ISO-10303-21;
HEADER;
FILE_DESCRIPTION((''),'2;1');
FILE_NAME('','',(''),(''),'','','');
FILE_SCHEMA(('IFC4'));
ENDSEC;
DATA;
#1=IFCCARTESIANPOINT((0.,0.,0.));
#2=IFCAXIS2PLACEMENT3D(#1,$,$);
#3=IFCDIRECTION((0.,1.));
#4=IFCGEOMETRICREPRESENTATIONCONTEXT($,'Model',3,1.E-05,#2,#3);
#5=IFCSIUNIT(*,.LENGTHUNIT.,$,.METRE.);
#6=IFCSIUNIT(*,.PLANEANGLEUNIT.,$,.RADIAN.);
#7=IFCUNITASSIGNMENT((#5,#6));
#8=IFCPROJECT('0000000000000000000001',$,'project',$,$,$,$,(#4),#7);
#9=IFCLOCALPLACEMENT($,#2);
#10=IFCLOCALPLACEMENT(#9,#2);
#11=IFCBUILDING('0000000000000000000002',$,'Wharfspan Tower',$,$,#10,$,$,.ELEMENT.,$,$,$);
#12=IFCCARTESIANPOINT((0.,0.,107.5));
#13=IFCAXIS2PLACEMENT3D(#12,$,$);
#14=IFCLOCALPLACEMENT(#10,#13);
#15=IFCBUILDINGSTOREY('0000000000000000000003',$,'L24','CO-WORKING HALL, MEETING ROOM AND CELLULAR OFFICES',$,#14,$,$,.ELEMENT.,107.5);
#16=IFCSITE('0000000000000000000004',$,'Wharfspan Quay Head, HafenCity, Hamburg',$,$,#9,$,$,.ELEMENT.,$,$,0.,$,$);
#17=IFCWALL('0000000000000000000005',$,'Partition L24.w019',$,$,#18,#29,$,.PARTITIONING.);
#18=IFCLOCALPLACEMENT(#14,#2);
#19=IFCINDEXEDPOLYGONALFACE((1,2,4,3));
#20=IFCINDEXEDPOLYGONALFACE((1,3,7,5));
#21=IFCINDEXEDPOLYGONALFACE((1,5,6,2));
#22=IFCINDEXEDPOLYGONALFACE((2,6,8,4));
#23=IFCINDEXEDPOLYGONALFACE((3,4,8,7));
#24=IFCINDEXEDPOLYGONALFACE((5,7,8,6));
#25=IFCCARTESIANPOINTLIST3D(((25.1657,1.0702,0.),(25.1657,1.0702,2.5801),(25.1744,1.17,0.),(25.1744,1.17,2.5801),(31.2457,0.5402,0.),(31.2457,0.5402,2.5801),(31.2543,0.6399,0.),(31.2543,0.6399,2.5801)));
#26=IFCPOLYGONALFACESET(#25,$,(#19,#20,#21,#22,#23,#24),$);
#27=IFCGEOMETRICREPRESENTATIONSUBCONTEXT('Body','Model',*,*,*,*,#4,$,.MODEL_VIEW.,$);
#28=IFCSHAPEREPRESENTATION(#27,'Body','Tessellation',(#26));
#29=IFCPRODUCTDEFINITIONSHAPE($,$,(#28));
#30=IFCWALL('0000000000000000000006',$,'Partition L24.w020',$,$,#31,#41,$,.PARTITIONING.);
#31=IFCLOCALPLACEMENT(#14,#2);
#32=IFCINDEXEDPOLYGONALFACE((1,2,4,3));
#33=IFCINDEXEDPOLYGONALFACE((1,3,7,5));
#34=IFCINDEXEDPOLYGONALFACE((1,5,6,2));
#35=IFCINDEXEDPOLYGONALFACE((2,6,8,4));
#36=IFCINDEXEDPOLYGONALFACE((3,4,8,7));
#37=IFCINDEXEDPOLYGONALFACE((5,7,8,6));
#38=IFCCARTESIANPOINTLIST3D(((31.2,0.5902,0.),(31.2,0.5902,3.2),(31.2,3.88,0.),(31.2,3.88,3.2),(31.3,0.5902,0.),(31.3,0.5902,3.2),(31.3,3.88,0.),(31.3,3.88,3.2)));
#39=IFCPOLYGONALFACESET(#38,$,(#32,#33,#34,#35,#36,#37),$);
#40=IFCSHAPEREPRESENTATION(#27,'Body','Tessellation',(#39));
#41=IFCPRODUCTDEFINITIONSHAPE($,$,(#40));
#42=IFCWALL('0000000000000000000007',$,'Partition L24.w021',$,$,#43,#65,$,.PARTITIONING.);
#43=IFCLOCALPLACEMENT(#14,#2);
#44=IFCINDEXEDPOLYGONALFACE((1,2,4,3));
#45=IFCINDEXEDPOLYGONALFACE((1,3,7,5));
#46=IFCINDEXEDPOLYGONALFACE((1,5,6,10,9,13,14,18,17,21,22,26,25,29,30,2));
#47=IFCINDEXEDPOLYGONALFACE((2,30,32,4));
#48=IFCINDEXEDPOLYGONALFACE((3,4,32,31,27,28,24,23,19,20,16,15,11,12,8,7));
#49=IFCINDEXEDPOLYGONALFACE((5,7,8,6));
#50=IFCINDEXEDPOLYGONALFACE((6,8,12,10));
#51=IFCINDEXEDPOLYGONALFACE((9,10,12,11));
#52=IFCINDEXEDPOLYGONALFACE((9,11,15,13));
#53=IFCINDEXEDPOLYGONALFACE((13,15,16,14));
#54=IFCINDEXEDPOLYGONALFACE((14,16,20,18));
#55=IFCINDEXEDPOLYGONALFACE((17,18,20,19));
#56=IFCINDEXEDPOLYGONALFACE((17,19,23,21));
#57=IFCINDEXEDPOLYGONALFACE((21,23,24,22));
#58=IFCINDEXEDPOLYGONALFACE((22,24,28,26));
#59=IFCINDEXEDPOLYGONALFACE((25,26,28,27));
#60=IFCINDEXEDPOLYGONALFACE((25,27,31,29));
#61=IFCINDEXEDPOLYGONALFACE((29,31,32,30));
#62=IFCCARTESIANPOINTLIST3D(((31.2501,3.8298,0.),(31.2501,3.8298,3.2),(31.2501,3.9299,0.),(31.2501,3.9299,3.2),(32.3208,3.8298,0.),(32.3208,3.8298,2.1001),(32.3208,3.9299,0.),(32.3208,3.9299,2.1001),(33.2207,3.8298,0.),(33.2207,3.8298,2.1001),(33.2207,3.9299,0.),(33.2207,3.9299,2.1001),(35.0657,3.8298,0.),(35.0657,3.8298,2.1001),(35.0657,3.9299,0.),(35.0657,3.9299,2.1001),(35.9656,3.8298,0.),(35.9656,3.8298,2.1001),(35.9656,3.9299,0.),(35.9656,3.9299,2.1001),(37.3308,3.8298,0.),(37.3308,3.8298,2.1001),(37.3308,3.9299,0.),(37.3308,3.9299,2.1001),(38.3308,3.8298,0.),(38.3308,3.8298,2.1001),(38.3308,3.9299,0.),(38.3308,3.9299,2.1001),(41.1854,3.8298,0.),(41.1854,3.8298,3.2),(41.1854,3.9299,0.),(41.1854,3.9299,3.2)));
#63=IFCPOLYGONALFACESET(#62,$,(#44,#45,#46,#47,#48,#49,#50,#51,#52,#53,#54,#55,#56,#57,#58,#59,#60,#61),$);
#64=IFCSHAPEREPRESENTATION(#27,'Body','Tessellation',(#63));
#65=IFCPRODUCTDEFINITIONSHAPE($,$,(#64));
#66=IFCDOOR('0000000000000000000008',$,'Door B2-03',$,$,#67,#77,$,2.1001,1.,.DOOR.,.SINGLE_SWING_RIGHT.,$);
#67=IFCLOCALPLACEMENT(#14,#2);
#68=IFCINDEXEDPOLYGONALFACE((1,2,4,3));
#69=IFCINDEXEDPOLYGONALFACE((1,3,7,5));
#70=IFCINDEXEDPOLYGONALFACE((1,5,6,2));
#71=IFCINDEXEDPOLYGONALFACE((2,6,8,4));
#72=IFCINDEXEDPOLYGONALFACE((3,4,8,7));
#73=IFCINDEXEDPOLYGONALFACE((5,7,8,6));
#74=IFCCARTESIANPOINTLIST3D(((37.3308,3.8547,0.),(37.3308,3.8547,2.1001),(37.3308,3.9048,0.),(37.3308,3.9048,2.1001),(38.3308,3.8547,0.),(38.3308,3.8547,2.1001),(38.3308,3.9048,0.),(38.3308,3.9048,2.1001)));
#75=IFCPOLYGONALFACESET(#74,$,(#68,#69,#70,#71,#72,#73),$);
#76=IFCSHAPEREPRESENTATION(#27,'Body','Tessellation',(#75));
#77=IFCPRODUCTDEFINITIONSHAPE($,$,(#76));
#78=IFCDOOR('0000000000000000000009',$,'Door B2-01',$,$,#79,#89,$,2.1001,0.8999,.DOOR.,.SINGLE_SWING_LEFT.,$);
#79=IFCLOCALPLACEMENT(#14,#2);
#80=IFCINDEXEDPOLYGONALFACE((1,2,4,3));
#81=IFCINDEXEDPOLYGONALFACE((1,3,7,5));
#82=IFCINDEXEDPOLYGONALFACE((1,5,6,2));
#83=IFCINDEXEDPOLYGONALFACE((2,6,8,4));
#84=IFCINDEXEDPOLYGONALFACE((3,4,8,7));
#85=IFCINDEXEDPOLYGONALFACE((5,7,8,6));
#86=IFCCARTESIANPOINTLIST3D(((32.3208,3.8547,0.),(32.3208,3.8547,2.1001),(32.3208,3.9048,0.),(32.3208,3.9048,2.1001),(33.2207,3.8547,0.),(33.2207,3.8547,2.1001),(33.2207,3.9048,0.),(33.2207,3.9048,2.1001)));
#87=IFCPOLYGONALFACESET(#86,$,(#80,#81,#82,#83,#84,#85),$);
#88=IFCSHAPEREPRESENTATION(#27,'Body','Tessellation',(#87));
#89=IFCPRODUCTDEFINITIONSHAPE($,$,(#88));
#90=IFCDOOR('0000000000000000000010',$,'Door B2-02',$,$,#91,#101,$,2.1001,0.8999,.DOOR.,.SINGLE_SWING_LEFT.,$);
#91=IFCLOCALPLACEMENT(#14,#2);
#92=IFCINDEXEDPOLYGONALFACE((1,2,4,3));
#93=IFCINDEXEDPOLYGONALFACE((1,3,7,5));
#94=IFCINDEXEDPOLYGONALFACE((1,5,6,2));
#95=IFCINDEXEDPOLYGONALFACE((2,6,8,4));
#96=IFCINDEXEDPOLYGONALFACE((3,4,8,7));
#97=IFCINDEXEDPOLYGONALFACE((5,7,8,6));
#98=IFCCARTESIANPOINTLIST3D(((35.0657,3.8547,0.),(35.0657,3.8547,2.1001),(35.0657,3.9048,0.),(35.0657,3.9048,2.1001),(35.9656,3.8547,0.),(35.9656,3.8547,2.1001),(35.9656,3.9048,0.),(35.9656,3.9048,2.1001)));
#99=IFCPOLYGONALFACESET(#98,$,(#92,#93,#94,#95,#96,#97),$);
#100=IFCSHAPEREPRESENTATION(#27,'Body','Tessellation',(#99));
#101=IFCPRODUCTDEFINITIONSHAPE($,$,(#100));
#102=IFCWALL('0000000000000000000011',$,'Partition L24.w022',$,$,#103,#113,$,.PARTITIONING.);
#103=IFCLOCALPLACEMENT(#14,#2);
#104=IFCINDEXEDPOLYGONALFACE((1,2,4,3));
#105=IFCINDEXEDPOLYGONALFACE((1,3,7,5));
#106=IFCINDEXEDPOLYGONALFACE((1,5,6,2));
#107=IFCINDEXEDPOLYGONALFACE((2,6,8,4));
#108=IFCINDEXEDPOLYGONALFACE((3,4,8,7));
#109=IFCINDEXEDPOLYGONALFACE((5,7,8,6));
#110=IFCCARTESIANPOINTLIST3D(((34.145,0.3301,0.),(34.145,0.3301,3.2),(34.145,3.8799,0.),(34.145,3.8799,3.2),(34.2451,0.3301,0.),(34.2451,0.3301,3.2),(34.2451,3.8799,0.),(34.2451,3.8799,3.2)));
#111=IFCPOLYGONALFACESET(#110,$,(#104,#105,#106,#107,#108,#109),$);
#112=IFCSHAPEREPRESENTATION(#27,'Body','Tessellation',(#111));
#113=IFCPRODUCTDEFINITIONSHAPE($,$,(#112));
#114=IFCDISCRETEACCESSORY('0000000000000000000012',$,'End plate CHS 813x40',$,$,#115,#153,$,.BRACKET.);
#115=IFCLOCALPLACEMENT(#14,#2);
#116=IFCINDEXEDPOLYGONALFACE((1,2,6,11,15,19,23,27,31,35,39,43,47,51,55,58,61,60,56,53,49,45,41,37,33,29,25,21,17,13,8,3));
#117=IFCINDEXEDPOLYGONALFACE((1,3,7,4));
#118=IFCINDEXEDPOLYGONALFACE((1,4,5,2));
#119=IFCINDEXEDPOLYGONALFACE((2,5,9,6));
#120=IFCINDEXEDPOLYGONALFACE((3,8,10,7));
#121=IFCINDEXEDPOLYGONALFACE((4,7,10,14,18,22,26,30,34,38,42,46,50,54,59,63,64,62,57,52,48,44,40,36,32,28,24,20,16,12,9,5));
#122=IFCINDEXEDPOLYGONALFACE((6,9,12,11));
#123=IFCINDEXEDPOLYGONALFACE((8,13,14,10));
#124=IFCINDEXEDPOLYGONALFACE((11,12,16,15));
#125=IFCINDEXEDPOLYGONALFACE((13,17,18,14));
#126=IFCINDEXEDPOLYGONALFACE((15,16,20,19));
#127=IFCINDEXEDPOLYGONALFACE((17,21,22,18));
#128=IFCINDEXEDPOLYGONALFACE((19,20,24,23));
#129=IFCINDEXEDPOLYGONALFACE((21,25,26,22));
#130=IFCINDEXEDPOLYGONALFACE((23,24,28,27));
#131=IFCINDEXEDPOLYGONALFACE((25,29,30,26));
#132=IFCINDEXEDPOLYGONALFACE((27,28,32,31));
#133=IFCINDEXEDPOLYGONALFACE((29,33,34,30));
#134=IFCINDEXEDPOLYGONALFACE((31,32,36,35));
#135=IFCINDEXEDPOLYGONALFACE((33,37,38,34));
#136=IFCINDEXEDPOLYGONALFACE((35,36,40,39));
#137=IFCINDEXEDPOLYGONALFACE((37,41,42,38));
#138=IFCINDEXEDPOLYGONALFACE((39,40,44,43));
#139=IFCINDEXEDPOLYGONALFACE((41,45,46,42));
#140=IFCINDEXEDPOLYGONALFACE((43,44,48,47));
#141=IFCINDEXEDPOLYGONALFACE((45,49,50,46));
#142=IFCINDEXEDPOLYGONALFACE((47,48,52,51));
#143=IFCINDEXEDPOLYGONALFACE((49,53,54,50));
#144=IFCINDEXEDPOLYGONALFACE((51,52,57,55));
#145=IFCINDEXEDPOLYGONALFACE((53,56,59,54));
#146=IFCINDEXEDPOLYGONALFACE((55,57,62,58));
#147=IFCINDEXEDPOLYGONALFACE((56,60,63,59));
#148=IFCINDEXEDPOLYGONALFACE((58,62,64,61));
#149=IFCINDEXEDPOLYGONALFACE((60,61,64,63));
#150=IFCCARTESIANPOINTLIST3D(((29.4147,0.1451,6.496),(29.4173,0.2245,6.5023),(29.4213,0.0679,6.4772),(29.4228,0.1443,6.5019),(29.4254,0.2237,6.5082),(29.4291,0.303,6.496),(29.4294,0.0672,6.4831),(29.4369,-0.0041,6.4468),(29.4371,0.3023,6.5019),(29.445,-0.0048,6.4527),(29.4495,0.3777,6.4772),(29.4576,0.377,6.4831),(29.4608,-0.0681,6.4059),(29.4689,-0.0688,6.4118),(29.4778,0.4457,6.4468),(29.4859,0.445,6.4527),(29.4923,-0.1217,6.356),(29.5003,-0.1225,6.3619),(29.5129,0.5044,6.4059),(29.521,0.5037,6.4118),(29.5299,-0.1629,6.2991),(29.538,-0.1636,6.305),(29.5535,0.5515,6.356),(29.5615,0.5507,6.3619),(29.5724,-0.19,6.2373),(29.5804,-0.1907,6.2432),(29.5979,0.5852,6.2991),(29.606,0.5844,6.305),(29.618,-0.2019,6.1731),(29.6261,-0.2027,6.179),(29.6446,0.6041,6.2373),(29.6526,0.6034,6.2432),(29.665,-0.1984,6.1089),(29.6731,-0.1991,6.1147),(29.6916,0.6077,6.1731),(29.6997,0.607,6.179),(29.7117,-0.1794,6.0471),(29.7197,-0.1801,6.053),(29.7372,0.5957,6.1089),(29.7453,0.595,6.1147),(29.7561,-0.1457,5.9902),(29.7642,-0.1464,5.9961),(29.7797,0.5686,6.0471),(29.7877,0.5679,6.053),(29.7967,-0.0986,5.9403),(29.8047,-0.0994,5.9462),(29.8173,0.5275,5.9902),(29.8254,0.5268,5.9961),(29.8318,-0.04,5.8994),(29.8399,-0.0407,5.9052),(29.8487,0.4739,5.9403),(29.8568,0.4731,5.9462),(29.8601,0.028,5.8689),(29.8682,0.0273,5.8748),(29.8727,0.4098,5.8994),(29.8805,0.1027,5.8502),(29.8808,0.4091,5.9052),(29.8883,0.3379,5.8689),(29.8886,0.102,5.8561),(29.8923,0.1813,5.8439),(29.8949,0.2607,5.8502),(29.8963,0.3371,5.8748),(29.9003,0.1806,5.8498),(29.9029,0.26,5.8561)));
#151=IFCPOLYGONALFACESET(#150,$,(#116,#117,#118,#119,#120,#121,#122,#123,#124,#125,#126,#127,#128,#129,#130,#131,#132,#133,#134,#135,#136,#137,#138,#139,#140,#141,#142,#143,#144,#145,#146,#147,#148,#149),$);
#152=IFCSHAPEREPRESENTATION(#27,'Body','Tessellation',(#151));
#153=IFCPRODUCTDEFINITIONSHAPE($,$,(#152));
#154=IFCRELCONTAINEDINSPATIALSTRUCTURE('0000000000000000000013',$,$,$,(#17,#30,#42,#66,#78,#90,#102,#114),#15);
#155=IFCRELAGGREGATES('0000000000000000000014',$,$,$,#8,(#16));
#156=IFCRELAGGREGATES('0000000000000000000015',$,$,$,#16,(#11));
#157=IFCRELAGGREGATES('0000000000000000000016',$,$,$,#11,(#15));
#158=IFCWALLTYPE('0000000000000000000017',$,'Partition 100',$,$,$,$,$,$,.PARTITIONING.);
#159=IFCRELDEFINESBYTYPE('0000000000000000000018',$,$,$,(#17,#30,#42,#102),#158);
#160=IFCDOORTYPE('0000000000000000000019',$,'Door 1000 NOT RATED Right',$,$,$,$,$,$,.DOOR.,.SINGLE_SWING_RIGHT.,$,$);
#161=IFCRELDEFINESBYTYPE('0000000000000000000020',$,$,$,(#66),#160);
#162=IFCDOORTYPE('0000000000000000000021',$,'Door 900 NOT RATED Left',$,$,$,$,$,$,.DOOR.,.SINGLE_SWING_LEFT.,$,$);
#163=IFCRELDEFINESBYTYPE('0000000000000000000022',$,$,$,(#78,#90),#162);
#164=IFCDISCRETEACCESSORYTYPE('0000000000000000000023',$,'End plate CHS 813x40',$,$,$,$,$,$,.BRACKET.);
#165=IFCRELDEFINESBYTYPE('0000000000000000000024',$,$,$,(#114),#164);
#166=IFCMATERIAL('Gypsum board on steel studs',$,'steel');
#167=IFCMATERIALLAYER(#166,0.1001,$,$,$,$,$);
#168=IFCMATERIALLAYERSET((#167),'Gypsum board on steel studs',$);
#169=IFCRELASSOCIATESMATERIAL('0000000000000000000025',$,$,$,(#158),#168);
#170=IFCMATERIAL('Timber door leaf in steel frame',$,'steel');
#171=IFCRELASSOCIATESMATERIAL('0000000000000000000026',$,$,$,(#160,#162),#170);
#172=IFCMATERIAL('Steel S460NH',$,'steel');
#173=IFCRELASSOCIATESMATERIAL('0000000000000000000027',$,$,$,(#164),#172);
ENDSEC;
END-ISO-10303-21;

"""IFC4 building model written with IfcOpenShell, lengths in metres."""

from ifc_helpers import new_model, si_unit, direction, frame, frame_2d, origin, origin_2d, place, context, subcontext, project, spatial, rectangle, circle, extrude, material, layer, layer_set, material_profile, profile_set, type_object, element, fill, save


model = new_model("IFC4")

# Units and contexts
model_context = context("Model", 3, precision=1e-05, world=origin(), true_north=direction((0.0, 1.0)))
body_context = subcontext(model_context, "Body", "Model", "MODEL_VIEW")
ifc_project = project(units=[si_unit("LENGTHUNIT", "METRE"), si_unit("PLANEANGLEUNIT", "RADIAN")], contexts=[model_context])

# Site, building, storey
site_placement = place(None, origin())
site = spatial("IfcSite", under=ifc_project, at=site_placement, Name="Wharfspan Quay Head, HafenCity, Hamburg", CompositionType="ELEMENT", RefElevation=0.0)
building_placement = place(site_placement, origin())
building = spatial("IfcBuilding", under=site, at=building_placement, Name="Wharfspan Tower", CompositionType="ELEMENT")
storey_placement = place(building_placement, frame((0.0, 0.0, 107.5)))
storey = spatial("IfcBuildingStorey", under=building, at=storey_placement, Name="L24", Description="CO-WORKING HALL, MEETING ROOM AND CELLULAR OFFICES", CompositionType="ELEMENT", Elevation=107.5)

# Shared definitions
ifc_material_1 = material(Name="Steel S460NH", Category="steel")

# Shared definitions
ifc_material_2 = material(Name="Gypsum board on steel studs", Category="steel")

# Walls
ifc_layer_1 = layer(ifc_material_2, 0.1001)
ifc_layer_set_1 = layer_set([ifc_layer_1], Name="Gypsum board on steel studs")
wall_type_1 = type_object("IfcWallType", Name="Partition 100", PredefinedType="PARTITIONING", material=ifc_layer_set_1)
wall_1_placement = place(storey_placement, frame((31.25, 0.5901, 0.0), z_axis=(0.0, 0.0, 1.0), x_axis=(-0.996218, 0.086845, 0.0)))
element("IfcWall", 1, at=wall_1_placement, inside=storey, type_object=wall_type_1, Name="Partition L24.w019", PredefinedType="PARTITIONING", context=body_context, shape_type="SweptSolid", body=[
    extrude(rectangle(XDim=6.103, YDim=0.1001, at=frame_2d((3.0515, 0.0))), origin(), (0.0, 0.0, 1.0), 2.5801),
])
wall_2_placement = place(storey_placement, frame((31.25, 0.5901, 0.0), z_axis=(0.0, 0.0, 1.0), x_axis=(0.0, 1.0, 0.0)))
element("IfcWall", 2, at=wall_2_placement, inside=storey, type_object=wall_type_1, Name="Partition L24.w020", PredefinedType="PARTITIONING", context=body_context, shape_type="SweptSolid", body=[
    extrude(rectangle(XDim=3.2898, YDim=0.1001, at=frame_2d((1.645, 0.0))), origin(), (0.0, 0.0, 1.0), 3.2),
])

# Wall, openings, doors
wall_3_placement = place(storey_placement, frame((31.25, 3.8799, 0.0), z_axis=(0.0, 0.0, 1.0), x_axis=(1.0, 0.0, 0.0)))
wall_3 = element("IfcWall", 3, at=wall_3_placement, inside=storey, type_object=wall_type_1, Name="Partition L24.w021", PredefinedType="PARTITIONING", context=body_context, shape_type="SweptSolid", body=[
    extrude(rectangle(XDim=9.9353, YDim=0.1001, at=frame_2d((4.9678, 0.0))), origin(), (0.0, 0.0, 1.0), 3.2),
])
opening_1_placement = place(wall_3_placement, frame((1.0708, 0.0, 0.0)))
opening_1 = element("IfcOpeningElement", 4, at=opening_1_placement, cuts=wall_3, PredefinedType="OPENING", context=body_context, shape_type="SweptSolid", body=[
    extrude(rectangle(XDim=0.8999, YDim=2.1001, at=frame_2d((0.45, 1.05))), frame((0.0, 0.0601, 0.0), z_axis=(0.0, -1.0, 0.0), x_axis=(1.0, 0.0, 0.0)), (0.0, 0.0, 1.0), 0.1201),
])
opening_2_placement = place(wall_3_placement, frame((3.8157, 0.0, 0.0)))
opening_2 = element("IfcOpeningElement", 5, at=opening_2_placement, cuts=wall_3, PredefinedType="OPENING", context=body_context, shape_type="SweptSolid", body=[
    extrude(rectangle(XDim=0.8999, YDim=2.1001, at=frame_2d((0.45, 1.05))), frame((0.0, 0.0601, 0.0), z_axis=(0.0, -1.0, 0.0), x_axis=(1.0, 0.0, 0.0)), (0.0, 0.0, 1.0), 0.1201),
])
opening_3_placement = place(wall_3_placement, frame((6.0808, 0.0, 0.0)))
opening_3 = element("IfcOpeningElement", 6, at=opening_3_placement, cuts=wall_3, PredefinedType="OPENING", context=body_context, shape_type="SweptSolid", body=[
    extrude(rectangle(XDim=1.0, YDim=2.1001, at=frame_2d((0.5, 1.05))), frame((0.0, 0.0601, 0.0), z_axis=(0.0, -1.0, 0.0), x_axis=(1.0, 0.0, 0.0)), (0.0, 0.0, 1.0), 0.1201),
])
ifc_material_3 = material(Name="Timber door leaf in steel frame", Category="steel")
door_type_1 = type_object("IfcDoorType", Name="Door 1000 NOT RATED Right", OperationType="SINGLE_SWING_RIGHT", PredefinedType="DOOR", material=ifc_material_3)
door_1_placement = place(opening_3_placement, origin())
door_1 = element("IfcDoor", 7, at=door_1_placement, inside=storey, type_object=door_type_1, Name="Door B2-03", OperationType="SINGLE_SWING_RIGHT", OverallHeight=2.1001, OverallWidth=1.0, PredefinedType="DOOR", context=body_context, shape_type="SweptSolid", body=[
    extrude(rectangle(XDim=1.0, YDim=2.1001, at=frame_2d((0.5, 1.05))), frame((0.0, 0.0249, 0.0), z_axis=(0.0, -1.0, 0.0), x_axis=(1.0, 0.0, 0.0)), (0.0, 0.0, 1.0), 0.05),
])
fill(opening_3, door_1)
door_type_2 = type_object("IfcDoorType", Name="Door 900 NOT RATED Left", OperationType="SINGLE_SWING_LEFT", PredefinedType="DOOR", material=ifc_material_3)
door_2_placement = place(opening_1_placement, origin())
door_2 = element("IfcDoor", 8, at=door_2_placement, inside=storey, type_object=door_type_2, Name="Door B2-01", OperationType="SINGLE_SWING_LEFT", OverallHeight=2.1001, OverallWidth=0.8999, PredefinedType="DOOR", context=body_context, shape_type="SweptSolid", body=[
    extrude(rectangle(XDim=0.8999, YDim=2.1001, at=frame_2d((0.45, 1.05))), frame((0.0, 0.0249, 0.0), z_axis=(0.0, -1.0, 0.0), x_axis=(1.0, 0.0, 0.0)), (0.0, 0.0, 1.0), 0.05),
])
fill(opening_1, door_2)
door_3_placement = place(opening_2_placement, origin())
door_3 = element("IfcDoor", 9, at=door_3_placement, inside=storey, type_object=door_type_2, Name="Door B2-02", OperationType="SINGLE_SWING_LEFT", OverallHeight=2.1001, OverallWidth=0.8999, PredefinedType="DOOR", context=body_context, shape_type="SweptSolid", body=[
    extrude(rectangle(XDim=0.8999, YDim=2.1001, at=frame_2d((0.45, 1.05))), frame((0.0, 0.0249, 0.0), z_axis=(0.0, -1.0, 0.0), x_axis=(1.0, 0.0, 0.0)), (0.0, 0.0, 1.0), 0.05),
])
fill(opening_2, door_3)

# Wall
wall_4_placement = place(storey_placement, frame((34.1951, 0.3301, 0.0), z_axis=(0.0, 0.0, 1.0), x_axis=(0.0, 1.0, 0.0)))
element("IfcWall", 10, at=wall_4_placement, inside=storey, type_object=wall_type_1, Name="Partition L24.w022", PredefinedType="PARTITIONING", context=body_context, shape_type="SweptSolid", body=[
    extrude(rectangle(XDim=3.5498, YDim=0.1001, at=frame_2d((1.7749, 0.0))), origin(), (0.0, 0.0, 1.0), 3.2),
])

# Discrete accessory
ifc_material_profile_1 = material_profile(ifc_material_1, circle(Radius=0.4065, at=origin_2d()))
ifc_profile_set_1 = profile_set([ifc_material_profile_1], Name="Steel S460NH")
discrete_accessory_type = type_object("IfcDiscreteAccessoryType", Name="End plate CHS 813x40", PredefinedType="BRACKET", material=ifc_profile_set_1)
for number, where, z_axis, x_axis, name in (
    (11, (29.6548, 0.2029, 6.1731), (0.806559, -0.073324, 0.586588), (0.090536, 0.99589, 0.0), "End plate CHS 813x40"),
):
    element("IfcDiscreteAccessory", number, at=place(storey_placement, frame(where, z_axis=z_axis, x_axis=x_axis)), inside=storey, type_object=discrete_accessory_type, Name=name, PredefinedType="BRACKET", context=body_context, shape_type="SweptSolid", body=[
        extrude(circle(Radius=0.4065, at=origin_2d()), origin(), (0.0, 0.0, 1.0), 0.01),
    ])

save(model, "model.ifc")
